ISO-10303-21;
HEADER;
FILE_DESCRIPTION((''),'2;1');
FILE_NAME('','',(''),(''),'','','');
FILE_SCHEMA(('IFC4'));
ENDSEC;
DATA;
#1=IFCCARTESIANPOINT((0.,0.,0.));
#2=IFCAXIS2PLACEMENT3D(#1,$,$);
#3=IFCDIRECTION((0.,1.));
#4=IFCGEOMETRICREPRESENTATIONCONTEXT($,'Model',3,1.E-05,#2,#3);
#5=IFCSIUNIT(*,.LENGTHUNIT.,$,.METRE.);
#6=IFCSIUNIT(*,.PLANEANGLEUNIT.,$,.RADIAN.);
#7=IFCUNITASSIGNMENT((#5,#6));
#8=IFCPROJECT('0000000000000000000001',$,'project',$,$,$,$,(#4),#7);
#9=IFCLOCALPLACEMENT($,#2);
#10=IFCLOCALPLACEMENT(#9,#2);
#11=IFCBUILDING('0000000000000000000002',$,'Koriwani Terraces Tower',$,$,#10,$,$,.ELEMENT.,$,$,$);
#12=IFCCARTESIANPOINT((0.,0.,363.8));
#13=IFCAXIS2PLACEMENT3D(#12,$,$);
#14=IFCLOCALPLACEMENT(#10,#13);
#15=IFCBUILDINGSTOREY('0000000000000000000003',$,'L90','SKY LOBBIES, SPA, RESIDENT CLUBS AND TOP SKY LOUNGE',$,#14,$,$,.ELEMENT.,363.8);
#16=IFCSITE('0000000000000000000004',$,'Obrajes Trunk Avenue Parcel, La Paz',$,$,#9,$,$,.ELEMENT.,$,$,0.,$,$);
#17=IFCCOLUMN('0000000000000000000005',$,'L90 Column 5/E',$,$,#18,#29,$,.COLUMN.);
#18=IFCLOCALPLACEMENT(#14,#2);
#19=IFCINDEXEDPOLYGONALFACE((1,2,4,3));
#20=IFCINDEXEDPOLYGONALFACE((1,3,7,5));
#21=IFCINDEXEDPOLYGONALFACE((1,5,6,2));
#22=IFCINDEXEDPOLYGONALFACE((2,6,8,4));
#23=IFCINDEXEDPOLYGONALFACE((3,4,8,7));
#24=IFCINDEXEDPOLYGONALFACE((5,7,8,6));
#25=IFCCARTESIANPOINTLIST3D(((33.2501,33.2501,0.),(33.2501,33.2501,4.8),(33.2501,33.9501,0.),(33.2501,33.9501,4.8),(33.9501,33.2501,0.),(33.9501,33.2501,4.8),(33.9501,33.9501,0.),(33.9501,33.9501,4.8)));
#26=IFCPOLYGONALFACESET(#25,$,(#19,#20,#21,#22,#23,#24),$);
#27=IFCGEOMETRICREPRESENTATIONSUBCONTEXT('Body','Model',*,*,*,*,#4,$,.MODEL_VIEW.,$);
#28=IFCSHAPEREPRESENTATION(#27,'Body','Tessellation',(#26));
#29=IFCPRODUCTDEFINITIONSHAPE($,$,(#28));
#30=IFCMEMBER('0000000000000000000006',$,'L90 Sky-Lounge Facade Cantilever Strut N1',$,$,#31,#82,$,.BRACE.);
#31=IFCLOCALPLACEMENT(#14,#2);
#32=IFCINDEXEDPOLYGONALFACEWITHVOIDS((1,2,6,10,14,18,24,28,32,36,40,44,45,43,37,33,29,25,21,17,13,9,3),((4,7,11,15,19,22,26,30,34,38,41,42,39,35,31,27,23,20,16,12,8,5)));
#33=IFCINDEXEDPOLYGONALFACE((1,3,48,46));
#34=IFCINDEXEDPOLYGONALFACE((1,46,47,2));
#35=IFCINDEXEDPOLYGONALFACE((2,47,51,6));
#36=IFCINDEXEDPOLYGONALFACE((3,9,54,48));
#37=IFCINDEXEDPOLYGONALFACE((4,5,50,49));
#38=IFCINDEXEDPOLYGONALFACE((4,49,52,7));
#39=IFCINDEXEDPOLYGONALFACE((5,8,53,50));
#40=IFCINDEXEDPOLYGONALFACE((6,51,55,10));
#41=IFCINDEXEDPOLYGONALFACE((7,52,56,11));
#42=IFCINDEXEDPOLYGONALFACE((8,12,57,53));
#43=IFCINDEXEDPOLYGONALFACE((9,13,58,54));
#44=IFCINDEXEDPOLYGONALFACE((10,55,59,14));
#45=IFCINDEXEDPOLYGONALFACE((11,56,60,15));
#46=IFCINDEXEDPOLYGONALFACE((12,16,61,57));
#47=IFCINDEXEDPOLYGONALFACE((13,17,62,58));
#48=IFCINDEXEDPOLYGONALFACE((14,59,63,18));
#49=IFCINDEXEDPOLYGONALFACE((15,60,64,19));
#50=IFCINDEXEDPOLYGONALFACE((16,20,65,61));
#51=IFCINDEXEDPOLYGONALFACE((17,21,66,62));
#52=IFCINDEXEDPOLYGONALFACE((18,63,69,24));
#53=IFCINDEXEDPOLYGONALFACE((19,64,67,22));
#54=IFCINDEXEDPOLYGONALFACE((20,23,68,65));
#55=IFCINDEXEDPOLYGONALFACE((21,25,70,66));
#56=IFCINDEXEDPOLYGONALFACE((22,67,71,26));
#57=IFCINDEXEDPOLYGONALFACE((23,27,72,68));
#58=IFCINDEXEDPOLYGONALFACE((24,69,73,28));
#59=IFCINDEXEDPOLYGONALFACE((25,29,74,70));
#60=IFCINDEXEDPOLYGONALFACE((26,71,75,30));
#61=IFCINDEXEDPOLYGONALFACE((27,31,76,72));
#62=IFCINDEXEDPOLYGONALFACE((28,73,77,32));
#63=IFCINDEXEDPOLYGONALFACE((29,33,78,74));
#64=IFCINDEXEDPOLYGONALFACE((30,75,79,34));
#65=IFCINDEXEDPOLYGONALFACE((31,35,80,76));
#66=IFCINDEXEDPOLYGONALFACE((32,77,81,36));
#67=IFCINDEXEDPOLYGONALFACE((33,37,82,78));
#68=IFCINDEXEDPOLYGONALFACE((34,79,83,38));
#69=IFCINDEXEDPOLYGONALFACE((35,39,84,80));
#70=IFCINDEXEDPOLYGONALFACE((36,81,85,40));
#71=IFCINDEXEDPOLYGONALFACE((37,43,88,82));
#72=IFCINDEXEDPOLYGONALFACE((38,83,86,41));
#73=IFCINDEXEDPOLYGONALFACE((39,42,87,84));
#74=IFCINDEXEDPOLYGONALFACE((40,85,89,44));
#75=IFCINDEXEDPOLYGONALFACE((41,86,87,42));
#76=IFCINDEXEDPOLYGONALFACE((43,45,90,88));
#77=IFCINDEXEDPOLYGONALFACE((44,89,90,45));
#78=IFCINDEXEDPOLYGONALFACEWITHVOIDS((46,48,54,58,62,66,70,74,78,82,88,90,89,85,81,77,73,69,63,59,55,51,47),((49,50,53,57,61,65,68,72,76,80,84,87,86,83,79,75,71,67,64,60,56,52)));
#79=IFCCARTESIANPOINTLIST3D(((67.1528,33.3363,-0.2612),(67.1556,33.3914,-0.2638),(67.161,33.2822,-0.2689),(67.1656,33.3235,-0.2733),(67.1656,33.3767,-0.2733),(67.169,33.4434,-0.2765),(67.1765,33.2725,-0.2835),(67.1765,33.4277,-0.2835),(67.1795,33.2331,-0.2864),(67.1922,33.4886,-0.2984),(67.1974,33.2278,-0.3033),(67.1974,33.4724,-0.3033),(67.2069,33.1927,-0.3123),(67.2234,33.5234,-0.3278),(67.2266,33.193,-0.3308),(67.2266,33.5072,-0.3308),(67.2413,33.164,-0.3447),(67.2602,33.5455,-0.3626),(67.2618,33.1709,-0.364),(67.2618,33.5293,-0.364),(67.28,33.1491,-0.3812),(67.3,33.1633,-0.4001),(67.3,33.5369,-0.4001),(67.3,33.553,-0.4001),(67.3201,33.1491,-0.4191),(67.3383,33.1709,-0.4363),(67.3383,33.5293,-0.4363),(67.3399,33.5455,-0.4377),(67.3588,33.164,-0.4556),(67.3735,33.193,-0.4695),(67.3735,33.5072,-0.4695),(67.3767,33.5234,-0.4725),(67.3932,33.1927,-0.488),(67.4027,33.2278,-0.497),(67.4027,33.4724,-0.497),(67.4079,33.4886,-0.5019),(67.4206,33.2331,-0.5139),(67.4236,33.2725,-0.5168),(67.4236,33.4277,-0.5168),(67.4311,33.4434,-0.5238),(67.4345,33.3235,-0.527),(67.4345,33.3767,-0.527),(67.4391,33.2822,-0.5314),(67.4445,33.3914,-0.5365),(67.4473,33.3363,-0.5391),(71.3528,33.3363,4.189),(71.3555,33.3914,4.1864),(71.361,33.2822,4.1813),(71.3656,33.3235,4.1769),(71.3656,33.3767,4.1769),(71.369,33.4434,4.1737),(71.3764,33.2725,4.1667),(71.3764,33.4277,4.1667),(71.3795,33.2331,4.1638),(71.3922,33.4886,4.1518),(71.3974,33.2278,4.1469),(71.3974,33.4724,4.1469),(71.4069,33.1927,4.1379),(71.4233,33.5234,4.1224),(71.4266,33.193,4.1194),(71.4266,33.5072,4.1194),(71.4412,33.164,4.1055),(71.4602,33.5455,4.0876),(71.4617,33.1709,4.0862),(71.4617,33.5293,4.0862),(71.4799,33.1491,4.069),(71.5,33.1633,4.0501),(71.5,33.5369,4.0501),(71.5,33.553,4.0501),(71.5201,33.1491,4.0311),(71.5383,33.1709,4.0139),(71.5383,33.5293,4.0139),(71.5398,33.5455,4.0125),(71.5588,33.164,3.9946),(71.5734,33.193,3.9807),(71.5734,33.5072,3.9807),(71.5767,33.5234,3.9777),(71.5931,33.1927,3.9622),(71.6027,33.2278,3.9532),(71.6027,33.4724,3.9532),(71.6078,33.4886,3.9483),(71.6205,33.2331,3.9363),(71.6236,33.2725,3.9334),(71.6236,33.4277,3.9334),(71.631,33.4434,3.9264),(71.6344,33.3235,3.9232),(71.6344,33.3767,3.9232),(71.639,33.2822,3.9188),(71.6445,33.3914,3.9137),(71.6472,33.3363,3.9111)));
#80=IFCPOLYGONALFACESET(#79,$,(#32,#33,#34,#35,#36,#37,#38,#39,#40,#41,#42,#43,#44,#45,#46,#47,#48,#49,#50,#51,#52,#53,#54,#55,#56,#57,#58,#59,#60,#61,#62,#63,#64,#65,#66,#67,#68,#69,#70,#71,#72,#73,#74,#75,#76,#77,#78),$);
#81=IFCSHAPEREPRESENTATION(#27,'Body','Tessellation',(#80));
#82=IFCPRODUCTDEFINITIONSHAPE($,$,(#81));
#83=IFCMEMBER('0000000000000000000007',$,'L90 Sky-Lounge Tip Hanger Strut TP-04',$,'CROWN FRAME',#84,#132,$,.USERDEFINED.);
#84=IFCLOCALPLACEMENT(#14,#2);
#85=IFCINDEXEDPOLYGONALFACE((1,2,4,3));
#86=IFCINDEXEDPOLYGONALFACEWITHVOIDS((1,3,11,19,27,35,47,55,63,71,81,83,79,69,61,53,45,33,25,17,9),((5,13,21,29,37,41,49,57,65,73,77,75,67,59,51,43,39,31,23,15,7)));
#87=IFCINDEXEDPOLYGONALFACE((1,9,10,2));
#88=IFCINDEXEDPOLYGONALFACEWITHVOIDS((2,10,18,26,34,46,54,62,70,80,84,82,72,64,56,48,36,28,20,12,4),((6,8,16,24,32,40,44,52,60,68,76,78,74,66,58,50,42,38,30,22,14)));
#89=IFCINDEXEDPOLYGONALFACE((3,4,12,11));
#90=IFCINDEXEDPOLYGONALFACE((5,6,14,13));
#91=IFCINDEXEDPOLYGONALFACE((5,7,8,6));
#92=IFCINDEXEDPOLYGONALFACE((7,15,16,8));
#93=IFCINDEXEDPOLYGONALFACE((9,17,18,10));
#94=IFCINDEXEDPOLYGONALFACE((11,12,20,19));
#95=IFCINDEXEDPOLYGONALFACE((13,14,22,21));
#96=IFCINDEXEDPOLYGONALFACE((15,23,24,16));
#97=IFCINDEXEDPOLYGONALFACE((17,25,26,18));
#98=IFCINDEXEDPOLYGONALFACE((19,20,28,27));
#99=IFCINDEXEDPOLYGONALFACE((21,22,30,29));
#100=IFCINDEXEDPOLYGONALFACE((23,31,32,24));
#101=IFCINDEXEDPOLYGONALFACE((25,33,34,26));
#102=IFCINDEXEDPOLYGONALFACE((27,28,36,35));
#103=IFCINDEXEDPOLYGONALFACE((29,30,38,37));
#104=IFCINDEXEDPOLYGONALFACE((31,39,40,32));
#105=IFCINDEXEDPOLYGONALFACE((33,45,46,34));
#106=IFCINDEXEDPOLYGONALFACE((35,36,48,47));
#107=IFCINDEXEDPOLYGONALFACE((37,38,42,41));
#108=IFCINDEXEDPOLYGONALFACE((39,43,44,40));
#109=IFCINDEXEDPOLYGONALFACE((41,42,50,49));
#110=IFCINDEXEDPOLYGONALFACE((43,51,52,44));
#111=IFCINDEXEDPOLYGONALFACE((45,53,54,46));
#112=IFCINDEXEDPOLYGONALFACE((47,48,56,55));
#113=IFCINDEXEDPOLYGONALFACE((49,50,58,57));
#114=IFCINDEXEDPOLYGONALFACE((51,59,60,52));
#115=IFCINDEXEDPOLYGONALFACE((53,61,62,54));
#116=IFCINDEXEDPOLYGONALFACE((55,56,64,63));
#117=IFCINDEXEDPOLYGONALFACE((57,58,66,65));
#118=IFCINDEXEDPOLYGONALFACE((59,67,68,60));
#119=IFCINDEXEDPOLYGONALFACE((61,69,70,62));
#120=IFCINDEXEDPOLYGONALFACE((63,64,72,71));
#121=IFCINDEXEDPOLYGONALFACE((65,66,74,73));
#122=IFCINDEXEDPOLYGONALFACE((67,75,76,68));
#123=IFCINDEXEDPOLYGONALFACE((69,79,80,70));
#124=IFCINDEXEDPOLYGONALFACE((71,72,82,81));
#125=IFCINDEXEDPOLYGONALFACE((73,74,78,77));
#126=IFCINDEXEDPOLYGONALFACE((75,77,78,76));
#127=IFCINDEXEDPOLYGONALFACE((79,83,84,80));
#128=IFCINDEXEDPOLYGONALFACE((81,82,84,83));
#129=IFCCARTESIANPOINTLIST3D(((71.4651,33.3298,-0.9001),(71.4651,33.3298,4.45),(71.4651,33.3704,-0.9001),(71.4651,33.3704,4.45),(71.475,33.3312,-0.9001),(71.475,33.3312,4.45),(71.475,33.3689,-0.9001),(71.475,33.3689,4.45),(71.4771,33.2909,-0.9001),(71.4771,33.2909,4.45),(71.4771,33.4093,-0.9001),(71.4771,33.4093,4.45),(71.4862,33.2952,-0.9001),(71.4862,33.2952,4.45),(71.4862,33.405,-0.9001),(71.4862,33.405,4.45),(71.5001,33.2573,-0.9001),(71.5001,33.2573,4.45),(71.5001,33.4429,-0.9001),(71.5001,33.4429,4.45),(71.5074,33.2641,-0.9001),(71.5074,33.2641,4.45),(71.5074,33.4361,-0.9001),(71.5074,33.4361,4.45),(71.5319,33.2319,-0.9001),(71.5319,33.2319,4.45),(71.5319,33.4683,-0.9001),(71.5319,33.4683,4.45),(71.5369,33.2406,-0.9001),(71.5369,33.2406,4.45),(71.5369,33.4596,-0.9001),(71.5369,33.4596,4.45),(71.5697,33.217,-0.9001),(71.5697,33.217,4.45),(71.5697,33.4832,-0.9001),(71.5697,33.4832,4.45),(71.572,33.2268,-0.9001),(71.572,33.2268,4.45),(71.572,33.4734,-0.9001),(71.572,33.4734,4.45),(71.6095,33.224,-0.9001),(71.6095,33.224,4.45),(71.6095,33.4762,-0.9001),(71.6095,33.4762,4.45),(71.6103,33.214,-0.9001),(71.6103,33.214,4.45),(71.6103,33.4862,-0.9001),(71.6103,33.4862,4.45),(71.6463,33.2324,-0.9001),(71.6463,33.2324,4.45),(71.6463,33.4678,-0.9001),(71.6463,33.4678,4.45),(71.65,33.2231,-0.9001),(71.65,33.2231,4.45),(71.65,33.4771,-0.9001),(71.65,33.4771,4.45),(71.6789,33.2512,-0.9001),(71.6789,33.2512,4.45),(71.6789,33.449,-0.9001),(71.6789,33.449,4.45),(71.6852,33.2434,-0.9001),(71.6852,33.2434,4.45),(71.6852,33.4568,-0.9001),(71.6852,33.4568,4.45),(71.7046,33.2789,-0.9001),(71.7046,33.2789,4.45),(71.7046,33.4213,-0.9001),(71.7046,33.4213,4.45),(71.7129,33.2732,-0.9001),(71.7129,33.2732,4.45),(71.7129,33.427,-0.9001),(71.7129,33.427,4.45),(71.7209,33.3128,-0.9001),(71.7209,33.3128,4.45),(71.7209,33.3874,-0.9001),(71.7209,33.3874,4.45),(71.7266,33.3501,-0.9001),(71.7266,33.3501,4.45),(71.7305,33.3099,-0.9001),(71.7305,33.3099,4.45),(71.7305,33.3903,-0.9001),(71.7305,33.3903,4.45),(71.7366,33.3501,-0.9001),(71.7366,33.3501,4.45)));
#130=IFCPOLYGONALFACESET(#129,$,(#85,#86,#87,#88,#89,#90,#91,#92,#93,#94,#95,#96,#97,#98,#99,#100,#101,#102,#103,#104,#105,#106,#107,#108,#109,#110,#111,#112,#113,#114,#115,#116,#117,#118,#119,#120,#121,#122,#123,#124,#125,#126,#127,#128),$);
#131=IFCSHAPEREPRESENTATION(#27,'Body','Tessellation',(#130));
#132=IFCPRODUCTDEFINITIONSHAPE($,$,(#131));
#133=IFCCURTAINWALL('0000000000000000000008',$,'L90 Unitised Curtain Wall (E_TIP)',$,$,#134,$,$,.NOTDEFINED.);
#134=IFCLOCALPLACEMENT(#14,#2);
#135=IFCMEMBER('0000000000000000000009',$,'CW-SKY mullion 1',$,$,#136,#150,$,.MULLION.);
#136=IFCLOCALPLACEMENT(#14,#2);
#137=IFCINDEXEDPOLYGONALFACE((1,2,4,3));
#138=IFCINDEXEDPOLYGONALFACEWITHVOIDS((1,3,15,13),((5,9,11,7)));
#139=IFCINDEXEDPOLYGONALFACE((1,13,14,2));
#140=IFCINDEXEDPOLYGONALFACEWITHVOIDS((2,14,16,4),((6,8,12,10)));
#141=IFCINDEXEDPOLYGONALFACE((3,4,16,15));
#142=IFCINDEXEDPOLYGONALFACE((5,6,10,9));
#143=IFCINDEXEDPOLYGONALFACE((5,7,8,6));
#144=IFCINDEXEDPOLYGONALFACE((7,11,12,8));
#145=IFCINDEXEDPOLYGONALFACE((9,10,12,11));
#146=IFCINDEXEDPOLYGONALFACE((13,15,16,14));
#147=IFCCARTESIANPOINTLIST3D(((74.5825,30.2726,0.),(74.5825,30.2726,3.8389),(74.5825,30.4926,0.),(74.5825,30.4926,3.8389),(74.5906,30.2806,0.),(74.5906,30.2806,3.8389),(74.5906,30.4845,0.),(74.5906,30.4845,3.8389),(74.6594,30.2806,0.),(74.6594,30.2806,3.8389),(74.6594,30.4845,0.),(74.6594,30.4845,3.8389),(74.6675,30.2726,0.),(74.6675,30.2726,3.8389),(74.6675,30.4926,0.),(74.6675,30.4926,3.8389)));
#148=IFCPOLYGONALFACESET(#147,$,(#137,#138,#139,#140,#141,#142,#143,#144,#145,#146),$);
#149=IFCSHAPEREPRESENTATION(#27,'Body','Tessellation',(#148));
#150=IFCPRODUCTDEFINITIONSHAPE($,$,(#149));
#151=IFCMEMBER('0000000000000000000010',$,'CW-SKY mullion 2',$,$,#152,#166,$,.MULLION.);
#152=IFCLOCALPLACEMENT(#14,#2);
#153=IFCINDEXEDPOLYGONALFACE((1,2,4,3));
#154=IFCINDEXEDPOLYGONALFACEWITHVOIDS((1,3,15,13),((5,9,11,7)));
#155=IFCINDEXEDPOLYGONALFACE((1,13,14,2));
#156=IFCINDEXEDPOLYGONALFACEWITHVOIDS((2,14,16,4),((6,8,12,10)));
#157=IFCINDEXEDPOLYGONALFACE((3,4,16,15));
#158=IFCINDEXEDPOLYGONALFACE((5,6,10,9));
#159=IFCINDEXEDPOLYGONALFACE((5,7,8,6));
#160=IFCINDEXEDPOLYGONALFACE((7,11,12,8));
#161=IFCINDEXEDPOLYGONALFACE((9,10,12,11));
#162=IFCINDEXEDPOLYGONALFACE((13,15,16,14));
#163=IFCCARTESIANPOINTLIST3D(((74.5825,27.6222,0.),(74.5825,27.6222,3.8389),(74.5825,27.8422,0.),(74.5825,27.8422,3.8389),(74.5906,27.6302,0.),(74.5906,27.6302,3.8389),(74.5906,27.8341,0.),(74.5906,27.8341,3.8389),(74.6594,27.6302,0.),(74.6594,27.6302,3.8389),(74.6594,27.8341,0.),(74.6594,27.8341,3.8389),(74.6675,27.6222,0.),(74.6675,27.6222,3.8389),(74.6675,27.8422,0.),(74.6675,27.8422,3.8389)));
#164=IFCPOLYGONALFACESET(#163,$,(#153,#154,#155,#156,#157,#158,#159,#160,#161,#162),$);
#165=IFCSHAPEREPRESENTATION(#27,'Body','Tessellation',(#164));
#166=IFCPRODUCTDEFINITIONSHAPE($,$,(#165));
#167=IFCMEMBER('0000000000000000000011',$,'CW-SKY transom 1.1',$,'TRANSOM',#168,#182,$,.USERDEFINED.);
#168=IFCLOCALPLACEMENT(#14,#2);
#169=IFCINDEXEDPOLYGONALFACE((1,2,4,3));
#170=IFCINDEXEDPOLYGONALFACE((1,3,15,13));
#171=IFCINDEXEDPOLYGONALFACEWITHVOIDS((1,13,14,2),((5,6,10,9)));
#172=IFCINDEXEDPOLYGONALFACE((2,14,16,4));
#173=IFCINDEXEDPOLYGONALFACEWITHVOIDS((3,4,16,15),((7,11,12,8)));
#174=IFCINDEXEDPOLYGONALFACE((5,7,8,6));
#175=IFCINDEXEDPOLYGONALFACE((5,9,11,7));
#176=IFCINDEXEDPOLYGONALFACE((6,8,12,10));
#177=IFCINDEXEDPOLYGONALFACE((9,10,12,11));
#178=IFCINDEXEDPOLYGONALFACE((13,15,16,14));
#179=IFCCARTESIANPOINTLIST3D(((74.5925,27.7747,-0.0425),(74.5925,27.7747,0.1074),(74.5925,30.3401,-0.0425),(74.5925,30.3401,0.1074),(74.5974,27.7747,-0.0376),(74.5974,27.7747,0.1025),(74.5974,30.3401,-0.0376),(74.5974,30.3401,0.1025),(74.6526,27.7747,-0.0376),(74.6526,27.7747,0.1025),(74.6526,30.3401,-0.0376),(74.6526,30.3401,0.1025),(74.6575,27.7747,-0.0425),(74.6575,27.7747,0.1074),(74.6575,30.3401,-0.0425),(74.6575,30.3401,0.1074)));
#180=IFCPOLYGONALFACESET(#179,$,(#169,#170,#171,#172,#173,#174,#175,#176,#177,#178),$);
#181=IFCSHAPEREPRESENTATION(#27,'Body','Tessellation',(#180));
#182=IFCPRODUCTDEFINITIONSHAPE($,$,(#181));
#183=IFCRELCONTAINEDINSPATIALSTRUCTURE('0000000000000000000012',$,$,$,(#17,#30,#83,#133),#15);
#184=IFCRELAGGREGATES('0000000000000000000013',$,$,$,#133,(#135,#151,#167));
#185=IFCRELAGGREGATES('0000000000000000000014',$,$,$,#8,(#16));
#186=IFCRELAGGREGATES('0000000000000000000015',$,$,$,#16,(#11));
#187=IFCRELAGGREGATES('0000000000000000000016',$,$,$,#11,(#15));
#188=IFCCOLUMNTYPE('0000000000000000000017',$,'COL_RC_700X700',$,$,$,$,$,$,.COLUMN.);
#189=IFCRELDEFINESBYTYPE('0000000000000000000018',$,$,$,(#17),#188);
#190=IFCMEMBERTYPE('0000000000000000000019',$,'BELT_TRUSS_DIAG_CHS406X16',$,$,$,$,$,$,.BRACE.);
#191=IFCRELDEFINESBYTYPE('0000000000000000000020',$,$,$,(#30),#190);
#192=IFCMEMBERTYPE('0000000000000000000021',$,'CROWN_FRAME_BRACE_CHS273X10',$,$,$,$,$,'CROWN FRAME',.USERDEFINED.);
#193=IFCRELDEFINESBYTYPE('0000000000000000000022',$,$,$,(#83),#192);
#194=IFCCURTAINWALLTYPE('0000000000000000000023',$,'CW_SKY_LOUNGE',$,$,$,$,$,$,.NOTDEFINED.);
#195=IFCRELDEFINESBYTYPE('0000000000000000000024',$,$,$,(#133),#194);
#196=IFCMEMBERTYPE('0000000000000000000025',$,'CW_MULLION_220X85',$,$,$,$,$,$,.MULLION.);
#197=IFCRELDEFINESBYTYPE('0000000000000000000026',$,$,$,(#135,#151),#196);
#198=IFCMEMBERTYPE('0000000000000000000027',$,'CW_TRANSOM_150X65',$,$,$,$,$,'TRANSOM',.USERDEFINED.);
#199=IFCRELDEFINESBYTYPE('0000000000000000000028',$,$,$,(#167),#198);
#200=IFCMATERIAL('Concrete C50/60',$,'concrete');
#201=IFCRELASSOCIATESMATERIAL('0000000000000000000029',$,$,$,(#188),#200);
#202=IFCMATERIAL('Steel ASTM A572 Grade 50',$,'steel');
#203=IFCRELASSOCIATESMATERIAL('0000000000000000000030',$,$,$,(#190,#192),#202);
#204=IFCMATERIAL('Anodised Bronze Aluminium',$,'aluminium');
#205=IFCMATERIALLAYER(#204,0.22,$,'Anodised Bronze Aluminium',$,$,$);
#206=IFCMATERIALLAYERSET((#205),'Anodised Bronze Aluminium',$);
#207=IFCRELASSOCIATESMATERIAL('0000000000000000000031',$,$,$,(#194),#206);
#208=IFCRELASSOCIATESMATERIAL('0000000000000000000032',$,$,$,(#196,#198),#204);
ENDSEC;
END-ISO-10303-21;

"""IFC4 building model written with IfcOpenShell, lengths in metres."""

from ifc_helpers import new_model, si_unit, direction, frame, origin, origin_2d, place, context, subcontext, project, spatial, rectangle, hollow_rectangle, hollow_circle, extrude, material, layer, layer_set, material_profile, profile_set, type_object, element, aggregate, save


model = new_model("IFC4")

# Units and contexts
model_context = context("Model", 3, precision=1e-05, world=origin(), true_north=direction((0.0, 1.0)))
body_context = subcontext(model_context, "Body", "Model", "MODEL_VIEW")
ifc_project = project(units=[si_unit("LENGTHUNIT", "METRE"), si_unit("PLANEANGLEUNIT", "RADIAN")], contexts=[model_context])

# Site, building, storey
site_placement = place(None, origin())
site = spatial("IfcSite", under=ifc_project, at=site_placement, Name="Obrajes Trunk Avenue Parcel, La Paz", CompositionType="ELEMENT", RefElevation=0.0)
building_placement = place(site_placement, origin())
building = spatial("IfcBuilding", under=site, at=building_placement, Name="Koriwani Terraces Tower", CompositionType="ELEMENT")
storey_placement = place(building_placement, frame((0.0, 0.0, 363.8)))
storey = spatial("IfcBuildingStorey", under=building, at=storey_placement, Name="L90", Description="SKY LOBBIES, SPA, RESIDENT CLUBS AND TOP SKY LOUNGE", CompositionType="ELEMENT", Elevation=363.8)

# Column
ifc_material_1 = material(Name="Concrete C50/60", Category="concrete")
ifc_material_profile_1 = material_profile(ifc_material_1, rectangle(XDim=0.7, YDim=0.7, at=origin_2d()), Name="Concrete C50/60", Category="LoadBearing")
ifc_profile_set_1 = profile_set([ifc_material_profile_1], Name="Concrete C50/60")
column_type = type_object("IfcColumnType", Name="COL_RC_700X700", PredefinedType="COLUMN", material=ifc_profile_set_1)
column_placement = place(storey_placement, frame((33.6001, 33.6001, 0.0), z_axis=(0.0, 0.0, 1.0), x_axis=(1.0, 0.0, 0.0)))
element("IfcColumn", 1, at=column_placement, inside=storey, type_object=column_type, Name="L90 Column 5/E", PredefinedType="COLUMN", context=body_context, shape_type="SweptSolid", body=[
    extrude(rectangle(XDim=0.7, YDim=0.7, at=origin_2d()), origin(), (0.0, 0.0, 1.0), 4.8),
])

# Members
ifc_material_2 = material(Name="Steel ASTM A572 Grade 50", Category="steel")
ifc_material_profile_2 = material_profile(ifc_material_2, hollow_circle(Radius=0.2029, WallThickness=0.0161, at=origin_2d()), Name="Steel ASTM A572 Grade 50", Category="LoadBearing")
ifc_profile_set_2 = profile_set([ifc_material_profile_2], Name="Steel ASTM A572 Grade 50")
member_type_1 = type_object("IfcMemberType", Name="BELT_TRUSS_DIAG_CHS406X16", PredefinedType="BRACE", material=ifc_profile_set_2)
member_1_placement = place(storey_placement, frame((67.3, 33.3501, -0.4001), z_axis=(0.686363, 0.0, 0.727259), x_axis=(0.0, 1.0, 0.0)))
element("IfcMember", 2, at=member_1_placement, inside=storey, type_object=member_type_1, Name="L90 Sky-Lounge Facade Cantilever Strut N1", PredefinedType="BRACE", context=body_context, shape_type="SweptSolid", body=[
    extrude(hollow_circle(Radius=0.2029, WallThickness=0.0161, at=origin_2d()), origin(), (0.0, 0.0, 1.0), 6.1191),
])
ifc_material_profile_3 = material_profile(ifc_material_2, hollow_circle(Radius=0.1365, WallThickness=0.01, at=origin_2d()), Name="Steel ASTM A572 Grade 50", Category="LoadBearing")
ifc_profile_set_3 = profile_set([ifc_material_profile_3], Name="Steel ASTM A572 Grade 50")
member_type_2 = type_object("IfcMemberType", Name="CROWN_FRAME_BRACE_CHS273X10", ElementType="CROWN FRAME", PredefinedType="USERDEFINED", material=ifc_profile_set_3)
member_2_placement = place(storey_placement, frame((71.6001, 33.3501, -0.9001), z_axis=(0.0, 0.0, 1.0), x_axis=(1.0, 0.0, 0.0)))
element("IfcMember", 3, at=member_2_placement, inside=storey, type_object=member_type_2, Name="L90 Sky-Lounge Tip Hanger Strut TP-04", ObjectType="CROWN FRAME", PredefinedType="USERDEFINED", context=body_context, shape_type="SweptSolid", body=[
    extrude(hollow_circle(Radius=0.1365, WallThickness=0.01, at=origin_2d()), origin(), (0.0, 0.0, 1.0), 5.3501),
])

# Curtain wall, members
ifc_material_3 = material(Name="Anodised Bronze Aluminium", Category="aluminium")
ifc_layer_1 = layer(ifc_material_3, 0.22, Name="Anodised Bronze Aluminium")
ifc_layer_set_1 = layer_set([ifc_layer_1], Name="Anodised Bronze Aluminium")
curtain_wall_type = type_object("IfcCurtainWallType", Name="CW_SKY_LOUNGE", PredefinedType="NOTDEFINED", material=ifc_layer_set_1)
curtain_wall_placement = place(storey_placement, origin())
curtain_wall = element("IfcCurtainWall", 4, at=curtain_wall_placement, inside=storey, type_object=curtain_wall_type, Name="L90 Unitised Curtain Wall (E_TIP)", PredefinedType="NOTDEFINED")
ifc_material_profile_4 = material_profile(ifc_material_3, hollow_rectangle(XDim=0.085, YDim=0.22, WallThickness=0.0081, at=origin_2d()), Name="Anodised Bronze Aluminium", Category="LoadBearing")
ifc_profile_set_4 = profile_set([ifc_material_profile_4], Name="Anodised Bronze Aluminium")
member_type_3 = type_object("IfcMemberType", Name="CW_MULLION_220X85", PredefinedType="MULLION", material=ifc_profile_set_4)
member_3_placement = place(storey_placement, frame((74.625, 30.3826, 0.0), z_axis=(0.0, 0.0, 1.0), x_axis=(1.0, 0.0, 0.0)))
member_3 = element("IfcMember", 5, at=member_3_placement, type_object=member_type_3, Name="CW-SKY mullion 1", PredefinedType="MULLION", context=body_context, shape_type="SweptSolid", body=[
    extrude(hollow_rectangle(XDim=0.085, YDim=0.22, WallThickness=0.0081, at=origin_2d()), origin(), (0.0, 0.0, 1.0), 3.8389),
])
member_4_placement = place(storey_placement, frame((74.625, 27.7322, 0.0), z_axis=(0.0, 0.0, 1.0), x_axis=(1.0, 0.0, 0.0)))
member_4 = element("IfcMember", 6, at=member_4_placement, type_object=member_type_3, Name="CW-SKY mullion 2", PredefinedType="MULLION", context=body_context, shape_type="SweptSolid", body=[
    extrude(hollow_rectangle(XDim=0.085, YDim=0.22, WallThickness=0.0081, at=origin_2d()), origin(), (0.0, 0.0, 1.0), 3.8389),
])
ifc_material_profile_5 = material_profile(ifc_material_3, hollow_rectangle(XDim=0.0649, YDim=0.1499, WallThickness=0.0049, at=origin_2d()), Name="Anodised Bronze Aluminium", Category="LoadBearing")
ifc_profile_set_5 = profile_set([ifc_material_profile_5], Name="Anodised Bronze Aluminium")
member_type_4 = type_object("IfcMemberType", Name="CW_TRANSOM_150X65", ElementType="TRANSOM", PredefinedType="USERDEFINED", material=ifc_profile_set_5)
member_5_placement = place(storey_placement, frame((74.625, 30.3401, 0.0325), z_axis=(0.0, -1.0, 0.0), x_axis=(1.0, 0.0, 0.0)))
member_5 = element("IfcMember", 7, at=member_5_placement, type_object=member_type_4, Name="CW-SKY transom 1.1", ObjectType="TRANSOM", PredefinedType="USERDEFINED", context=body_context, shape_type="SweptSolid", body=[
    extrude(hollow_rectangle(XDim=0.0649, YDim=0.1499, WallThickness=0.0049, at=origin_2d()), origin(), (0.0, 0.0, 1.0), 2.5654),
])

aggregate(curtain_wall, [member_3, member_4, member_5])

save(model, "model.ifc")
